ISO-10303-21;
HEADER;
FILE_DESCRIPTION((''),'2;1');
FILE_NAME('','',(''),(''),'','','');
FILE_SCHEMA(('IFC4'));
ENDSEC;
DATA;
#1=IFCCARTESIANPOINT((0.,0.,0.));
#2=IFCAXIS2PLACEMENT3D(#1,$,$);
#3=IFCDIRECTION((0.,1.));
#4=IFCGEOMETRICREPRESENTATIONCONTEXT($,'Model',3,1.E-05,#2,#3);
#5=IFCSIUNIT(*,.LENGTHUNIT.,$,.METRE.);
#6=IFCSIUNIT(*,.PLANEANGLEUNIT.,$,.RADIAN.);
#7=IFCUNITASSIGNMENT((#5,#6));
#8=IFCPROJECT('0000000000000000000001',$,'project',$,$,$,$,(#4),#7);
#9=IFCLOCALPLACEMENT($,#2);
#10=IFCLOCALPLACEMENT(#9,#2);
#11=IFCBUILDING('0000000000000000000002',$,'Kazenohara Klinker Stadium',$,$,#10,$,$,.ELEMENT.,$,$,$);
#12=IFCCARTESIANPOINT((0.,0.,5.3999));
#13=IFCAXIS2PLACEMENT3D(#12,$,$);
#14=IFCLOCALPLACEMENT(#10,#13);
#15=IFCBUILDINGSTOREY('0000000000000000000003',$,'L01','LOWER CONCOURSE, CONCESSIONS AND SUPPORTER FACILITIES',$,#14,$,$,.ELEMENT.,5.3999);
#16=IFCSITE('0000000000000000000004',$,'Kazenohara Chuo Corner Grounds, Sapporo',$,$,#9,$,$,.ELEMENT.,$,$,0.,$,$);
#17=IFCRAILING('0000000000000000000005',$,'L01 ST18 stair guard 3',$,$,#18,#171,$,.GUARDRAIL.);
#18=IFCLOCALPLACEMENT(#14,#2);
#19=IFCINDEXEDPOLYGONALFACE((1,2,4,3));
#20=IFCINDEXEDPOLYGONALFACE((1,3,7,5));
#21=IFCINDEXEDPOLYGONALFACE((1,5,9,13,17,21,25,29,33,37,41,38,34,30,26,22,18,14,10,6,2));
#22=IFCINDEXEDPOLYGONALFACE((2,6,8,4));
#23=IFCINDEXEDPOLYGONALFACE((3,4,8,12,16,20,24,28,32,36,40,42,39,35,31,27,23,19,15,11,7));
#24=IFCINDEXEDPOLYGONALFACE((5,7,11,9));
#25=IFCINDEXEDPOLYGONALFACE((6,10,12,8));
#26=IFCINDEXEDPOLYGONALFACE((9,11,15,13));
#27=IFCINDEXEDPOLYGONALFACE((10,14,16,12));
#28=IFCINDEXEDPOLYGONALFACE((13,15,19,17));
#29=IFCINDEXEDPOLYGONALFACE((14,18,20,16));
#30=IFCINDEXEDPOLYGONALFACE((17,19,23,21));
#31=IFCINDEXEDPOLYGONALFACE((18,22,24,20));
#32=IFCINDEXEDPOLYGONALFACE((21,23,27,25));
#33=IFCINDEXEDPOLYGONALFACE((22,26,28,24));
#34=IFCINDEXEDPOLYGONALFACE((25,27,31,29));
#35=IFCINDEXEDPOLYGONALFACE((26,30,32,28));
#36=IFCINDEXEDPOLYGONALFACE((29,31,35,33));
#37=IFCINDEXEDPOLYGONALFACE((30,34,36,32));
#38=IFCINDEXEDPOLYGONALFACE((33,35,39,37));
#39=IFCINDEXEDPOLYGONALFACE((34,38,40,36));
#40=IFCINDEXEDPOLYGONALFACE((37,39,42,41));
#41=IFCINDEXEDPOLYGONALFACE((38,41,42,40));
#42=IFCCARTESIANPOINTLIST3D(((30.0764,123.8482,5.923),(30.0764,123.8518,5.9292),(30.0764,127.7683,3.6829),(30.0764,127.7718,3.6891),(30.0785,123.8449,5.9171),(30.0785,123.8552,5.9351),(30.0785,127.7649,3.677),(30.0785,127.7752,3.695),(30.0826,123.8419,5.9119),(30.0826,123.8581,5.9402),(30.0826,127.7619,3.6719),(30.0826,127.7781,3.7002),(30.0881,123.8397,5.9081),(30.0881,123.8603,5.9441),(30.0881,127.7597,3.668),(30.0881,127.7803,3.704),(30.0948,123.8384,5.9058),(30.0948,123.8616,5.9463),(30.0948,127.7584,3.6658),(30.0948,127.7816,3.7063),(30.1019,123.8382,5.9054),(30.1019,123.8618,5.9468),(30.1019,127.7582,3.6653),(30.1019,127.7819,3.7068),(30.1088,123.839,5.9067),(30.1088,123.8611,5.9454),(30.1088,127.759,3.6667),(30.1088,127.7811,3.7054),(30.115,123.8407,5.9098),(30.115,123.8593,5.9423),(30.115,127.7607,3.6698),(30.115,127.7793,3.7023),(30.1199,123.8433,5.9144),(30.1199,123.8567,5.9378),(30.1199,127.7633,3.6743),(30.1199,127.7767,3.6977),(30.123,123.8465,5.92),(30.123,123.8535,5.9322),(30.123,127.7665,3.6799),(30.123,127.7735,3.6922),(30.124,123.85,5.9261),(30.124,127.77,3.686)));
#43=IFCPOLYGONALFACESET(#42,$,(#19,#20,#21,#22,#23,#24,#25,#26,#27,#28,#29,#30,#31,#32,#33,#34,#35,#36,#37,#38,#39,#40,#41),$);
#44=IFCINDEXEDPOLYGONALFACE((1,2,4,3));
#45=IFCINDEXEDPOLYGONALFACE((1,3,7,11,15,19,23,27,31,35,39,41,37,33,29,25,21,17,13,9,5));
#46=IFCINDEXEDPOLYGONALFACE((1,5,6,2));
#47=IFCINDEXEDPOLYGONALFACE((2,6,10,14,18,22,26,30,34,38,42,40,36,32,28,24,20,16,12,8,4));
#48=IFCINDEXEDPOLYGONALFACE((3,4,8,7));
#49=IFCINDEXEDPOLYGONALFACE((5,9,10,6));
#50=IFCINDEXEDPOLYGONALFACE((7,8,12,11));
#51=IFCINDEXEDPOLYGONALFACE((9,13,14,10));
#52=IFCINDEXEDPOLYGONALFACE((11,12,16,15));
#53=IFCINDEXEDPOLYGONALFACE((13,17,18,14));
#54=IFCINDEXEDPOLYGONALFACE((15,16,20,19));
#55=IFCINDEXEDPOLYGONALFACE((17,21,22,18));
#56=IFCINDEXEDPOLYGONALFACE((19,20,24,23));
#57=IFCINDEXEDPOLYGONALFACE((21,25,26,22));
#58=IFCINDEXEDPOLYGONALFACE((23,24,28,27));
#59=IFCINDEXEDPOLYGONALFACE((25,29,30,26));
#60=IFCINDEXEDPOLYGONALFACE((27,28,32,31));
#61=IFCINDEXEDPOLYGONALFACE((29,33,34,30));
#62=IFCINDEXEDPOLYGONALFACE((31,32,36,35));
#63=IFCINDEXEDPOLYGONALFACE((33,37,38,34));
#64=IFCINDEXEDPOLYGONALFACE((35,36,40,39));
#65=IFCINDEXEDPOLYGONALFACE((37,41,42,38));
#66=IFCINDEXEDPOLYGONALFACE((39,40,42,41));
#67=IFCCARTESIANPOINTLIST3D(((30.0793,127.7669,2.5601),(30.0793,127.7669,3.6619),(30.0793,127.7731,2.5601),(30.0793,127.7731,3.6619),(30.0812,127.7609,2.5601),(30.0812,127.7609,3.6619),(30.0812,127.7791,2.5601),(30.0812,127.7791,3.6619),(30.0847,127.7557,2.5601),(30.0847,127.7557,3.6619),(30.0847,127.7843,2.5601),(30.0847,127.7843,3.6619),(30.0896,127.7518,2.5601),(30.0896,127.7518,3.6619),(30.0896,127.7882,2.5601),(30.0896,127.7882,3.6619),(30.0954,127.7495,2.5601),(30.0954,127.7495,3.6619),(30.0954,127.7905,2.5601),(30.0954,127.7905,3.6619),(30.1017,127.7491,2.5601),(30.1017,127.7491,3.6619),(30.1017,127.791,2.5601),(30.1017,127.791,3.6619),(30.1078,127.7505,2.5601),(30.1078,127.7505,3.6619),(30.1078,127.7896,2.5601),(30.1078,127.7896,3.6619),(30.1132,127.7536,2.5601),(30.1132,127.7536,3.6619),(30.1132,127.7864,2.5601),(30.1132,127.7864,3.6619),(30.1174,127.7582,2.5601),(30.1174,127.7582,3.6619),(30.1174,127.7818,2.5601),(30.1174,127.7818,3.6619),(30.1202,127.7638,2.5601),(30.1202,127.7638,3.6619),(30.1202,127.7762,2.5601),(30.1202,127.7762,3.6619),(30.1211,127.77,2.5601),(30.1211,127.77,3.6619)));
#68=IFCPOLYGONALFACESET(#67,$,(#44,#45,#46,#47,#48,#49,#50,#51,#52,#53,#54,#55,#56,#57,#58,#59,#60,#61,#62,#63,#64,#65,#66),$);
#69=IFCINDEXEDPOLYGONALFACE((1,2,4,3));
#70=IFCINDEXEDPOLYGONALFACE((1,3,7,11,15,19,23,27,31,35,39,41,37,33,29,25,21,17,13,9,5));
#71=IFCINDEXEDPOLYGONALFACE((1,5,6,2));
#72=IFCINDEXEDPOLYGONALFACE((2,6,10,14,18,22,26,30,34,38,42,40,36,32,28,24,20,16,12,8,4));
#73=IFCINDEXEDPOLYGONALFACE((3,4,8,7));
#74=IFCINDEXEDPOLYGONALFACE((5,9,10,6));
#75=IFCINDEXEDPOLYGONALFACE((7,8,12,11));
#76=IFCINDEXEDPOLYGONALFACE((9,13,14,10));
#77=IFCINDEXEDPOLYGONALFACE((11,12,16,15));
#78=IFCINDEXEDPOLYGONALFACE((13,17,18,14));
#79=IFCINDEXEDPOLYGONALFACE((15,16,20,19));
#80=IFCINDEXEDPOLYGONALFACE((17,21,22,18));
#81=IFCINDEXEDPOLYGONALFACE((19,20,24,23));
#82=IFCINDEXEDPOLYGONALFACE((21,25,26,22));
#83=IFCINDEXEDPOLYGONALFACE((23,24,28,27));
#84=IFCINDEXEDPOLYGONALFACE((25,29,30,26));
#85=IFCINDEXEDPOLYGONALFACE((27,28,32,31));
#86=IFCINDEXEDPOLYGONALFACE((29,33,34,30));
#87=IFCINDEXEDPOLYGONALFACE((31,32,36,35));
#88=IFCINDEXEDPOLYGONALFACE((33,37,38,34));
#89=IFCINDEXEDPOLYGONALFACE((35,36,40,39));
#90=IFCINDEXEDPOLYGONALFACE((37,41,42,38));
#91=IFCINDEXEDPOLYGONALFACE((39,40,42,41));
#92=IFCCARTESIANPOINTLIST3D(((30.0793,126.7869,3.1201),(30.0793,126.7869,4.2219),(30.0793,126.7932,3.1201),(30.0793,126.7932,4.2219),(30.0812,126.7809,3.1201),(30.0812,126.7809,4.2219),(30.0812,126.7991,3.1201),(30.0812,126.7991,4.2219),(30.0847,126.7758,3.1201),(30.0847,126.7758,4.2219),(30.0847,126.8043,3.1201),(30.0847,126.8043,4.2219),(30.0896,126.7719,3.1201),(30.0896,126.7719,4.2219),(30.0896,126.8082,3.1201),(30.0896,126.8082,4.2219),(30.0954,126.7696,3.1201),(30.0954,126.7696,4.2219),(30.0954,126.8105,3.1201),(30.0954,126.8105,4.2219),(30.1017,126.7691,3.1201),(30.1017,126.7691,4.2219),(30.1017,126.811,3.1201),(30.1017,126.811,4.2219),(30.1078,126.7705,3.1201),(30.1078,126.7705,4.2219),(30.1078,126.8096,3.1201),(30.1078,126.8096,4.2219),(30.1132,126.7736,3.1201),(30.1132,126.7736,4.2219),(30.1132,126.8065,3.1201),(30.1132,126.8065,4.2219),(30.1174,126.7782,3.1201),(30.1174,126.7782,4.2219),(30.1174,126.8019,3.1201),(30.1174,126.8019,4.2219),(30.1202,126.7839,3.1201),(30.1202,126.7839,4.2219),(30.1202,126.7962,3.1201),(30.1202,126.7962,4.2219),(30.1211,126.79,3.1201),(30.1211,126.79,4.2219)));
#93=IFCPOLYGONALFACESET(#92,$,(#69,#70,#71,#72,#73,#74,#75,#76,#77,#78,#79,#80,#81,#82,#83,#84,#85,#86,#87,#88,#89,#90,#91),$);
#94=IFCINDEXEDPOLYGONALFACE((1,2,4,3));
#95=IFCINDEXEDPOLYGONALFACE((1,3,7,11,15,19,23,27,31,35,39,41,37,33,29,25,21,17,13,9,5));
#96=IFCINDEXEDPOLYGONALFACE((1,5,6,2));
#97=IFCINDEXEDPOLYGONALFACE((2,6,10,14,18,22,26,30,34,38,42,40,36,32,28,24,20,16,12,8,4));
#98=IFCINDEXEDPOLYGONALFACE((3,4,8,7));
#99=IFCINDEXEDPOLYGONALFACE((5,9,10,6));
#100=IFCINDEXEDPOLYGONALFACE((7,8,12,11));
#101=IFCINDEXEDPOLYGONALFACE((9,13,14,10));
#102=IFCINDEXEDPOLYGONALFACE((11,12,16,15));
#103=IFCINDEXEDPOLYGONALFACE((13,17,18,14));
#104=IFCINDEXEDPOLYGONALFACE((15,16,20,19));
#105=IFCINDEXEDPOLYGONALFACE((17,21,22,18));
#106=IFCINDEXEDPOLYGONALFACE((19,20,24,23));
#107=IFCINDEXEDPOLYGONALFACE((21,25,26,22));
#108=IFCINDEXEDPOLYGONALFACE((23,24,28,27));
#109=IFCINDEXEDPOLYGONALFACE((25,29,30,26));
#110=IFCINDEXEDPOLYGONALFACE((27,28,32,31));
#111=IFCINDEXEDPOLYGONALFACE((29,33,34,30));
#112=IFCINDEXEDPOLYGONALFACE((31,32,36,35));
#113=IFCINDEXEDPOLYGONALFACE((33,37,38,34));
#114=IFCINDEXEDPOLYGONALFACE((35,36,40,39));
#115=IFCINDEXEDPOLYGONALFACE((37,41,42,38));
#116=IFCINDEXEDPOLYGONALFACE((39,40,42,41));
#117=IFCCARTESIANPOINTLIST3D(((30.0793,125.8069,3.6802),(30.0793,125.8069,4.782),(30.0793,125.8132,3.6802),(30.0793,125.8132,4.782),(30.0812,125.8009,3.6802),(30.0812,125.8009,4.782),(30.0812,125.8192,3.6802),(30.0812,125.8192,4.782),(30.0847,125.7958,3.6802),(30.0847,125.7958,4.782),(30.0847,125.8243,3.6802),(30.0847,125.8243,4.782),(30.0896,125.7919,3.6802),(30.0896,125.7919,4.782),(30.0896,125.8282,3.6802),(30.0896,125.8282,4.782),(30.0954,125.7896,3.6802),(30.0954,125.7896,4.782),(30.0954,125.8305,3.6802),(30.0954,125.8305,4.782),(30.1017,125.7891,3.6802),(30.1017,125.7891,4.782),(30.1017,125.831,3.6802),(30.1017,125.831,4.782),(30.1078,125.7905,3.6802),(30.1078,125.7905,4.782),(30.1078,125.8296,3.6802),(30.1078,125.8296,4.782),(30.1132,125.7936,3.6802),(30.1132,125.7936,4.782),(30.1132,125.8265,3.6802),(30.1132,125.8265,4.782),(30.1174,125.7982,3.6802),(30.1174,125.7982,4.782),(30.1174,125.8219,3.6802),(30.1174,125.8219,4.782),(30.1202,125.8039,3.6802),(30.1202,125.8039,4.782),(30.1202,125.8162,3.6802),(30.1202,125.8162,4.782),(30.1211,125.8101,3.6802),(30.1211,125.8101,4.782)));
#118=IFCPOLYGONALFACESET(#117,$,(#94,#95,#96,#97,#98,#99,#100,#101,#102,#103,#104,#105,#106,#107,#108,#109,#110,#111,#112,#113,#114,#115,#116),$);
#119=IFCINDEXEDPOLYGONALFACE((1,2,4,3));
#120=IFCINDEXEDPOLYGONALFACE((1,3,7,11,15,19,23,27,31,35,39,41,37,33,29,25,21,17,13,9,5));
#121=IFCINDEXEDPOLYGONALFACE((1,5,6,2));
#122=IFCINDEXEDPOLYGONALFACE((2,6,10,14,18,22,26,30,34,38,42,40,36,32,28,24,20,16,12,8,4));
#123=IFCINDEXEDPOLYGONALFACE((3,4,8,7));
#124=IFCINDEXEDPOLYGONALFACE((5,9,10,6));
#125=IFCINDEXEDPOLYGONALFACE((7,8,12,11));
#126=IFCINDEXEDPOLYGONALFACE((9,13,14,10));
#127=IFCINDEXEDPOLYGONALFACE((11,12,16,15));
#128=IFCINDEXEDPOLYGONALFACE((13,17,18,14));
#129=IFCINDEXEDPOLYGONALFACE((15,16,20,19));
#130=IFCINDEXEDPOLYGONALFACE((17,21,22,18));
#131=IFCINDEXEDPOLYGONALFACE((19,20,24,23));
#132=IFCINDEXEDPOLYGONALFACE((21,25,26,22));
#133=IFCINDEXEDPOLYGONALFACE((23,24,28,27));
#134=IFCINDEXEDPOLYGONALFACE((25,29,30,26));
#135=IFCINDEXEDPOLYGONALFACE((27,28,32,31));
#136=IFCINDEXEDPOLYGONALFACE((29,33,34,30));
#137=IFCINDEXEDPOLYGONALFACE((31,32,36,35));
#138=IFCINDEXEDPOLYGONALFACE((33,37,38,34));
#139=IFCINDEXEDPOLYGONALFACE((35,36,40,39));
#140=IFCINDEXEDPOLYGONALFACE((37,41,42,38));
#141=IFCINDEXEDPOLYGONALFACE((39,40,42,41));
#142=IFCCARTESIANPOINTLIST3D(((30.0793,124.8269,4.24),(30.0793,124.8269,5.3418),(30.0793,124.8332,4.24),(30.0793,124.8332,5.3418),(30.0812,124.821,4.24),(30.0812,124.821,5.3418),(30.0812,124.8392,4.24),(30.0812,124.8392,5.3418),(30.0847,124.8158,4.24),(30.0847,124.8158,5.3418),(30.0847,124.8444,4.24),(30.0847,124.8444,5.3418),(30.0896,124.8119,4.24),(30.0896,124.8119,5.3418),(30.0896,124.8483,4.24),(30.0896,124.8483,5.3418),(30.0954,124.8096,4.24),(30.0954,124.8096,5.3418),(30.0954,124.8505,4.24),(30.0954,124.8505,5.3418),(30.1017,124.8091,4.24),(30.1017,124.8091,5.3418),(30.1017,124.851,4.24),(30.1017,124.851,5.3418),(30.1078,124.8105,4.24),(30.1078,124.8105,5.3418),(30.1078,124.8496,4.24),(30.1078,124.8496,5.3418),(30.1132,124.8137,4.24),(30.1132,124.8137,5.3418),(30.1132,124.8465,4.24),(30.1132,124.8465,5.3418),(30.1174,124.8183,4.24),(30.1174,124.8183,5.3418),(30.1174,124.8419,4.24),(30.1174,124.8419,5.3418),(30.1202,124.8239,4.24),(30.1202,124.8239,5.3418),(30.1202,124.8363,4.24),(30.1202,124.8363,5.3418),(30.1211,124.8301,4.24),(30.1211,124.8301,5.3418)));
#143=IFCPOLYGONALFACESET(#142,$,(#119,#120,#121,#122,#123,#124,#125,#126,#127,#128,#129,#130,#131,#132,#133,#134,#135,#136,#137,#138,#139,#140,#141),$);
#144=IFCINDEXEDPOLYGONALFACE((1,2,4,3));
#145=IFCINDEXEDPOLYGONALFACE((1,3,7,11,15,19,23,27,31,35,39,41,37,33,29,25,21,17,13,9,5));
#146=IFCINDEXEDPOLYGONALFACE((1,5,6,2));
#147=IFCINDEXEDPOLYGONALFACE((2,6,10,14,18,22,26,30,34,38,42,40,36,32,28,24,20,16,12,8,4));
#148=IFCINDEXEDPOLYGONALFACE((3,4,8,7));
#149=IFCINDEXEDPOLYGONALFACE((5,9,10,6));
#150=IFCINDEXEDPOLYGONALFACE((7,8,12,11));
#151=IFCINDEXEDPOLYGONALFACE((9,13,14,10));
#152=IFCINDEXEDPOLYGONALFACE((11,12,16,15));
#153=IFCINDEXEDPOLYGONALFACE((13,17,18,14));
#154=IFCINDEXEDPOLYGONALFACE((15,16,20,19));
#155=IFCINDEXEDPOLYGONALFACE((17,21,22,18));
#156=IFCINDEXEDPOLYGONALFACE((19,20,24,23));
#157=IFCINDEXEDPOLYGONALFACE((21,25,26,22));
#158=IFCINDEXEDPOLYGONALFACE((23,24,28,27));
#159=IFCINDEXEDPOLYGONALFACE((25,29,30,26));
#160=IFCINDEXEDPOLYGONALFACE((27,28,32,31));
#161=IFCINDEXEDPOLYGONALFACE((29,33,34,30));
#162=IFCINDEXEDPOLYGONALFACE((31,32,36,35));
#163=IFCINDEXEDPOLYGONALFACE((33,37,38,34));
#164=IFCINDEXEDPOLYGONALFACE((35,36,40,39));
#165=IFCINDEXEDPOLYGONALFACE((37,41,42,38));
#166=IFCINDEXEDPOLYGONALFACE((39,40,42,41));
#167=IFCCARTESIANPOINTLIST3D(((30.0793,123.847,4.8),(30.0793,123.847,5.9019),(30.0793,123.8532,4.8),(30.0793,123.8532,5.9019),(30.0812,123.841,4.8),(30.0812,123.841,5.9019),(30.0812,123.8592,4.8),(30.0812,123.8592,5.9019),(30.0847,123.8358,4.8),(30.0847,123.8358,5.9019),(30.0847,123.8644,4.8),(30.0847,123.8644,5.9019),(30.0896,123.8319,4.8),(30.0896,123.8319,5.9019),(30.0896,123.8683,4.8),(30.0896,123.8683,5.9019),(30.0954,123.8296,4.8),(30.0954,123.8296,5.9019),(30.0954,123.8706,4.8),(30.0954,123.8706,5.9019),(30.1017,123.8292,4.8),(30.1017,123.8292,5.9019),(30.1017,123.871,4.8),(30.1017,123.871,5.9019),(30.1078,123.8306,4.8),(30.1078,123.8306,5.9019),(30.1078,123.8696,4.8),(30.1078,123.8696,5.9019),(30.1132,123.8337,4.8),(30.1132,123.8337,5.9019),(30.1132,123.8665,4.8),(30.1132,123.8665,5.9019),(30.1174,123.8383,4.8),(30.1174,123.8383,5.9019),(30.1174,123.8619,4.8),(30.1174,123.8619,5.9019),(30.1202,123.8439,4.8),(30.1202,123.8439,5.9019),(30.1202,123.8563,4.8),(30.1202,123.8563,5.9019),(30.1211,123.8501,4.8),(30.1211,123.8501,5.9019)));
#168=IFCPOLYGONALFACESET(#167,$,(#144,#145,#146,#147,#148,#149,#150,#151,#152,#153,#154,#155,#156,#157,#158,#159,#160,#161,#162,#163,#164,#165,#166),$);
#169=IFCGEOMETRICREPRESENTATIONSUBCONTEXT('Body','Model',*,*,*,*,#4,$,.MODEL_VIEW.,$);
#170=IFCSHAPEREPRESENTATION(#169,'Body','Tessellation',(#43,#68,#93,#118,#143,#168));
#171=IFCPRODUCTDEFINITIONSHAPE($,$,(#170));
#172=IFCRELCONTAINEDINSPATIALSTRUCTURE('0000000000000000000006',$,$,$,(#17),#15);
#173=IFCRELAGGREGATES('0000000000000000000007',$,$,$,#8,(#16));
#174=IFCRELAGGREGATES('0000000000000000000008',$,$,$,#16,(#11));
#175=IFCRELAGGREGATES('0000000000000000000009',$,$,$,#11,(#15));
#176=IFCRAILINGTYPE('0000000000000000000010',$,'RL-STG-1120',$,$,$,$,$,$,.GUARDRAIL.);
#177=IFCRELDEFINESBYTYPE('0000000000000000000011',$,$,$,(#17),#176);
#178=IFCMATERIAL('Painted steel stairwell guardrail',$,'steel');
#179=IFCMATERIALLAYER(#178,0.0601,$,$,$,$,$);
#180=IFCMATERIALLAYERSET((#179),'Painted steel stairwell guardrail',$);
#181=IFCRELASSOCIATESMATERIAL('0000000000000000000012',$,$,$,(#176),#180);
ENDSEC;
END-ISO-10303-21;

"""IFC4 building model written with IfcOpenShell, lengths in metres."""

from ifc_helpers import new_model, si_unit, direction, frame, origin, origin_2d, place, context, subcontext, project, spatial, circle, extrude, material, layer, layer_set, type_object, element, save


model = new_model("IFC4")

# Units and contexts
model_context = context("Model", 3, precision=1e-05, world=origin(), true_north=direction((0.0, 1.0)))
body_context = subcontext(model_context, "Body", "Model", "MODEL_VIEW")
ifc_project = project(units=[si_unit("LENGTHUNIT", "METRE"), si_unit("PLANEANGLEUNIT", "RADIAN")], contexts=[model_context])

# Site, building, storey
site_placement = place(None, origin())
site = spatial("IfcSite", under=ifc_project, at=site_placement, Name="Kazenohara Chuo Corner Grounds, Sapporo", CompositionType="ELEMENT", RefElevation=0.0)
building_placement = place(site_placement, origin())
building = spatial("IfcBuilding", under=site, at=building_placement, Name="Kazenohara Klinker Stadium", CompositionType="ELEMENT")
storey_placement = place(building_placement, frame((0.0, 0.0, 5.3999)))
storey = spatial("IfcBuildingStorey", under=building, at=storey_placement, Name="L01", Description="LOWER CONCOURSE, CONCESSIONS AND SUPPORTER FACILITIES", CompositionType="ELEMENT", Elevation=5.3999)

# Railing
ifc_material_1 = material(Name="Painted steel stairwell guardrail", Category="steel")
ifc_layer_1 = layer(ifc_material_1, 0.0601)
ifc_layer_set_1 = layer_set([ifc_layer_1], Name="Painted steel stairwell guardrail")
railing_type_1 = type_object("IfcRailingType", Name="RL-STG-1120", PredefinedType="GUARDRAIL", material=ifc_layer_set_1)
railing_1_placement = place(storey_placement, frame((30.1001, 127.77, 2.5601)))
element("IfcRailing", 1, at=railing_1_placement, inside=storey, type_object=railing_type_1, Name="L01 ST18 stair guard 3", PredefinedType="GUARDRAIL", context=body_context, shape_type="SweptSolid", body=[
    extrude(circle(Radius=0.0239, at=origin_2d()), frame((0.0, 0.0, 1.126), z_axis=(0.0, -0.86824, 0.496145), x_axis=(1.0, 0.0, 0.0)), (0.0, 0.0, 1.0), 4.5149),
    extrude(circle(Radius=0.021, at=origin_2d()), origin(), (0.0, 0.0, 1.0), 1.1018),
    extrude(circle(Radius=0.021, at=origin_2d()), frame((0.0, -0.98, 0.5601)), (0.0, 0.0, 1.0), 1.1018),
    extrude(circle(Radius=0.021, at=origin_2d()), frame((0.0, -1.96, 1.1201)), (0.0, 0.0, 1.0), 1.1018),
    extrude(circle(Radius=0.021, at=origin_2d()), frame((0.0, -2.9399, 1.6799)), (0.0, 0.0, 1.0), 1.1018),
    extrude(circle(Radius=0.021, at=origin_2d()), frame((0.0, -3.9199, 2.24)), (0.0, 0.0, 1.0), 1.1018),
])

save(model, "model.ifc")
